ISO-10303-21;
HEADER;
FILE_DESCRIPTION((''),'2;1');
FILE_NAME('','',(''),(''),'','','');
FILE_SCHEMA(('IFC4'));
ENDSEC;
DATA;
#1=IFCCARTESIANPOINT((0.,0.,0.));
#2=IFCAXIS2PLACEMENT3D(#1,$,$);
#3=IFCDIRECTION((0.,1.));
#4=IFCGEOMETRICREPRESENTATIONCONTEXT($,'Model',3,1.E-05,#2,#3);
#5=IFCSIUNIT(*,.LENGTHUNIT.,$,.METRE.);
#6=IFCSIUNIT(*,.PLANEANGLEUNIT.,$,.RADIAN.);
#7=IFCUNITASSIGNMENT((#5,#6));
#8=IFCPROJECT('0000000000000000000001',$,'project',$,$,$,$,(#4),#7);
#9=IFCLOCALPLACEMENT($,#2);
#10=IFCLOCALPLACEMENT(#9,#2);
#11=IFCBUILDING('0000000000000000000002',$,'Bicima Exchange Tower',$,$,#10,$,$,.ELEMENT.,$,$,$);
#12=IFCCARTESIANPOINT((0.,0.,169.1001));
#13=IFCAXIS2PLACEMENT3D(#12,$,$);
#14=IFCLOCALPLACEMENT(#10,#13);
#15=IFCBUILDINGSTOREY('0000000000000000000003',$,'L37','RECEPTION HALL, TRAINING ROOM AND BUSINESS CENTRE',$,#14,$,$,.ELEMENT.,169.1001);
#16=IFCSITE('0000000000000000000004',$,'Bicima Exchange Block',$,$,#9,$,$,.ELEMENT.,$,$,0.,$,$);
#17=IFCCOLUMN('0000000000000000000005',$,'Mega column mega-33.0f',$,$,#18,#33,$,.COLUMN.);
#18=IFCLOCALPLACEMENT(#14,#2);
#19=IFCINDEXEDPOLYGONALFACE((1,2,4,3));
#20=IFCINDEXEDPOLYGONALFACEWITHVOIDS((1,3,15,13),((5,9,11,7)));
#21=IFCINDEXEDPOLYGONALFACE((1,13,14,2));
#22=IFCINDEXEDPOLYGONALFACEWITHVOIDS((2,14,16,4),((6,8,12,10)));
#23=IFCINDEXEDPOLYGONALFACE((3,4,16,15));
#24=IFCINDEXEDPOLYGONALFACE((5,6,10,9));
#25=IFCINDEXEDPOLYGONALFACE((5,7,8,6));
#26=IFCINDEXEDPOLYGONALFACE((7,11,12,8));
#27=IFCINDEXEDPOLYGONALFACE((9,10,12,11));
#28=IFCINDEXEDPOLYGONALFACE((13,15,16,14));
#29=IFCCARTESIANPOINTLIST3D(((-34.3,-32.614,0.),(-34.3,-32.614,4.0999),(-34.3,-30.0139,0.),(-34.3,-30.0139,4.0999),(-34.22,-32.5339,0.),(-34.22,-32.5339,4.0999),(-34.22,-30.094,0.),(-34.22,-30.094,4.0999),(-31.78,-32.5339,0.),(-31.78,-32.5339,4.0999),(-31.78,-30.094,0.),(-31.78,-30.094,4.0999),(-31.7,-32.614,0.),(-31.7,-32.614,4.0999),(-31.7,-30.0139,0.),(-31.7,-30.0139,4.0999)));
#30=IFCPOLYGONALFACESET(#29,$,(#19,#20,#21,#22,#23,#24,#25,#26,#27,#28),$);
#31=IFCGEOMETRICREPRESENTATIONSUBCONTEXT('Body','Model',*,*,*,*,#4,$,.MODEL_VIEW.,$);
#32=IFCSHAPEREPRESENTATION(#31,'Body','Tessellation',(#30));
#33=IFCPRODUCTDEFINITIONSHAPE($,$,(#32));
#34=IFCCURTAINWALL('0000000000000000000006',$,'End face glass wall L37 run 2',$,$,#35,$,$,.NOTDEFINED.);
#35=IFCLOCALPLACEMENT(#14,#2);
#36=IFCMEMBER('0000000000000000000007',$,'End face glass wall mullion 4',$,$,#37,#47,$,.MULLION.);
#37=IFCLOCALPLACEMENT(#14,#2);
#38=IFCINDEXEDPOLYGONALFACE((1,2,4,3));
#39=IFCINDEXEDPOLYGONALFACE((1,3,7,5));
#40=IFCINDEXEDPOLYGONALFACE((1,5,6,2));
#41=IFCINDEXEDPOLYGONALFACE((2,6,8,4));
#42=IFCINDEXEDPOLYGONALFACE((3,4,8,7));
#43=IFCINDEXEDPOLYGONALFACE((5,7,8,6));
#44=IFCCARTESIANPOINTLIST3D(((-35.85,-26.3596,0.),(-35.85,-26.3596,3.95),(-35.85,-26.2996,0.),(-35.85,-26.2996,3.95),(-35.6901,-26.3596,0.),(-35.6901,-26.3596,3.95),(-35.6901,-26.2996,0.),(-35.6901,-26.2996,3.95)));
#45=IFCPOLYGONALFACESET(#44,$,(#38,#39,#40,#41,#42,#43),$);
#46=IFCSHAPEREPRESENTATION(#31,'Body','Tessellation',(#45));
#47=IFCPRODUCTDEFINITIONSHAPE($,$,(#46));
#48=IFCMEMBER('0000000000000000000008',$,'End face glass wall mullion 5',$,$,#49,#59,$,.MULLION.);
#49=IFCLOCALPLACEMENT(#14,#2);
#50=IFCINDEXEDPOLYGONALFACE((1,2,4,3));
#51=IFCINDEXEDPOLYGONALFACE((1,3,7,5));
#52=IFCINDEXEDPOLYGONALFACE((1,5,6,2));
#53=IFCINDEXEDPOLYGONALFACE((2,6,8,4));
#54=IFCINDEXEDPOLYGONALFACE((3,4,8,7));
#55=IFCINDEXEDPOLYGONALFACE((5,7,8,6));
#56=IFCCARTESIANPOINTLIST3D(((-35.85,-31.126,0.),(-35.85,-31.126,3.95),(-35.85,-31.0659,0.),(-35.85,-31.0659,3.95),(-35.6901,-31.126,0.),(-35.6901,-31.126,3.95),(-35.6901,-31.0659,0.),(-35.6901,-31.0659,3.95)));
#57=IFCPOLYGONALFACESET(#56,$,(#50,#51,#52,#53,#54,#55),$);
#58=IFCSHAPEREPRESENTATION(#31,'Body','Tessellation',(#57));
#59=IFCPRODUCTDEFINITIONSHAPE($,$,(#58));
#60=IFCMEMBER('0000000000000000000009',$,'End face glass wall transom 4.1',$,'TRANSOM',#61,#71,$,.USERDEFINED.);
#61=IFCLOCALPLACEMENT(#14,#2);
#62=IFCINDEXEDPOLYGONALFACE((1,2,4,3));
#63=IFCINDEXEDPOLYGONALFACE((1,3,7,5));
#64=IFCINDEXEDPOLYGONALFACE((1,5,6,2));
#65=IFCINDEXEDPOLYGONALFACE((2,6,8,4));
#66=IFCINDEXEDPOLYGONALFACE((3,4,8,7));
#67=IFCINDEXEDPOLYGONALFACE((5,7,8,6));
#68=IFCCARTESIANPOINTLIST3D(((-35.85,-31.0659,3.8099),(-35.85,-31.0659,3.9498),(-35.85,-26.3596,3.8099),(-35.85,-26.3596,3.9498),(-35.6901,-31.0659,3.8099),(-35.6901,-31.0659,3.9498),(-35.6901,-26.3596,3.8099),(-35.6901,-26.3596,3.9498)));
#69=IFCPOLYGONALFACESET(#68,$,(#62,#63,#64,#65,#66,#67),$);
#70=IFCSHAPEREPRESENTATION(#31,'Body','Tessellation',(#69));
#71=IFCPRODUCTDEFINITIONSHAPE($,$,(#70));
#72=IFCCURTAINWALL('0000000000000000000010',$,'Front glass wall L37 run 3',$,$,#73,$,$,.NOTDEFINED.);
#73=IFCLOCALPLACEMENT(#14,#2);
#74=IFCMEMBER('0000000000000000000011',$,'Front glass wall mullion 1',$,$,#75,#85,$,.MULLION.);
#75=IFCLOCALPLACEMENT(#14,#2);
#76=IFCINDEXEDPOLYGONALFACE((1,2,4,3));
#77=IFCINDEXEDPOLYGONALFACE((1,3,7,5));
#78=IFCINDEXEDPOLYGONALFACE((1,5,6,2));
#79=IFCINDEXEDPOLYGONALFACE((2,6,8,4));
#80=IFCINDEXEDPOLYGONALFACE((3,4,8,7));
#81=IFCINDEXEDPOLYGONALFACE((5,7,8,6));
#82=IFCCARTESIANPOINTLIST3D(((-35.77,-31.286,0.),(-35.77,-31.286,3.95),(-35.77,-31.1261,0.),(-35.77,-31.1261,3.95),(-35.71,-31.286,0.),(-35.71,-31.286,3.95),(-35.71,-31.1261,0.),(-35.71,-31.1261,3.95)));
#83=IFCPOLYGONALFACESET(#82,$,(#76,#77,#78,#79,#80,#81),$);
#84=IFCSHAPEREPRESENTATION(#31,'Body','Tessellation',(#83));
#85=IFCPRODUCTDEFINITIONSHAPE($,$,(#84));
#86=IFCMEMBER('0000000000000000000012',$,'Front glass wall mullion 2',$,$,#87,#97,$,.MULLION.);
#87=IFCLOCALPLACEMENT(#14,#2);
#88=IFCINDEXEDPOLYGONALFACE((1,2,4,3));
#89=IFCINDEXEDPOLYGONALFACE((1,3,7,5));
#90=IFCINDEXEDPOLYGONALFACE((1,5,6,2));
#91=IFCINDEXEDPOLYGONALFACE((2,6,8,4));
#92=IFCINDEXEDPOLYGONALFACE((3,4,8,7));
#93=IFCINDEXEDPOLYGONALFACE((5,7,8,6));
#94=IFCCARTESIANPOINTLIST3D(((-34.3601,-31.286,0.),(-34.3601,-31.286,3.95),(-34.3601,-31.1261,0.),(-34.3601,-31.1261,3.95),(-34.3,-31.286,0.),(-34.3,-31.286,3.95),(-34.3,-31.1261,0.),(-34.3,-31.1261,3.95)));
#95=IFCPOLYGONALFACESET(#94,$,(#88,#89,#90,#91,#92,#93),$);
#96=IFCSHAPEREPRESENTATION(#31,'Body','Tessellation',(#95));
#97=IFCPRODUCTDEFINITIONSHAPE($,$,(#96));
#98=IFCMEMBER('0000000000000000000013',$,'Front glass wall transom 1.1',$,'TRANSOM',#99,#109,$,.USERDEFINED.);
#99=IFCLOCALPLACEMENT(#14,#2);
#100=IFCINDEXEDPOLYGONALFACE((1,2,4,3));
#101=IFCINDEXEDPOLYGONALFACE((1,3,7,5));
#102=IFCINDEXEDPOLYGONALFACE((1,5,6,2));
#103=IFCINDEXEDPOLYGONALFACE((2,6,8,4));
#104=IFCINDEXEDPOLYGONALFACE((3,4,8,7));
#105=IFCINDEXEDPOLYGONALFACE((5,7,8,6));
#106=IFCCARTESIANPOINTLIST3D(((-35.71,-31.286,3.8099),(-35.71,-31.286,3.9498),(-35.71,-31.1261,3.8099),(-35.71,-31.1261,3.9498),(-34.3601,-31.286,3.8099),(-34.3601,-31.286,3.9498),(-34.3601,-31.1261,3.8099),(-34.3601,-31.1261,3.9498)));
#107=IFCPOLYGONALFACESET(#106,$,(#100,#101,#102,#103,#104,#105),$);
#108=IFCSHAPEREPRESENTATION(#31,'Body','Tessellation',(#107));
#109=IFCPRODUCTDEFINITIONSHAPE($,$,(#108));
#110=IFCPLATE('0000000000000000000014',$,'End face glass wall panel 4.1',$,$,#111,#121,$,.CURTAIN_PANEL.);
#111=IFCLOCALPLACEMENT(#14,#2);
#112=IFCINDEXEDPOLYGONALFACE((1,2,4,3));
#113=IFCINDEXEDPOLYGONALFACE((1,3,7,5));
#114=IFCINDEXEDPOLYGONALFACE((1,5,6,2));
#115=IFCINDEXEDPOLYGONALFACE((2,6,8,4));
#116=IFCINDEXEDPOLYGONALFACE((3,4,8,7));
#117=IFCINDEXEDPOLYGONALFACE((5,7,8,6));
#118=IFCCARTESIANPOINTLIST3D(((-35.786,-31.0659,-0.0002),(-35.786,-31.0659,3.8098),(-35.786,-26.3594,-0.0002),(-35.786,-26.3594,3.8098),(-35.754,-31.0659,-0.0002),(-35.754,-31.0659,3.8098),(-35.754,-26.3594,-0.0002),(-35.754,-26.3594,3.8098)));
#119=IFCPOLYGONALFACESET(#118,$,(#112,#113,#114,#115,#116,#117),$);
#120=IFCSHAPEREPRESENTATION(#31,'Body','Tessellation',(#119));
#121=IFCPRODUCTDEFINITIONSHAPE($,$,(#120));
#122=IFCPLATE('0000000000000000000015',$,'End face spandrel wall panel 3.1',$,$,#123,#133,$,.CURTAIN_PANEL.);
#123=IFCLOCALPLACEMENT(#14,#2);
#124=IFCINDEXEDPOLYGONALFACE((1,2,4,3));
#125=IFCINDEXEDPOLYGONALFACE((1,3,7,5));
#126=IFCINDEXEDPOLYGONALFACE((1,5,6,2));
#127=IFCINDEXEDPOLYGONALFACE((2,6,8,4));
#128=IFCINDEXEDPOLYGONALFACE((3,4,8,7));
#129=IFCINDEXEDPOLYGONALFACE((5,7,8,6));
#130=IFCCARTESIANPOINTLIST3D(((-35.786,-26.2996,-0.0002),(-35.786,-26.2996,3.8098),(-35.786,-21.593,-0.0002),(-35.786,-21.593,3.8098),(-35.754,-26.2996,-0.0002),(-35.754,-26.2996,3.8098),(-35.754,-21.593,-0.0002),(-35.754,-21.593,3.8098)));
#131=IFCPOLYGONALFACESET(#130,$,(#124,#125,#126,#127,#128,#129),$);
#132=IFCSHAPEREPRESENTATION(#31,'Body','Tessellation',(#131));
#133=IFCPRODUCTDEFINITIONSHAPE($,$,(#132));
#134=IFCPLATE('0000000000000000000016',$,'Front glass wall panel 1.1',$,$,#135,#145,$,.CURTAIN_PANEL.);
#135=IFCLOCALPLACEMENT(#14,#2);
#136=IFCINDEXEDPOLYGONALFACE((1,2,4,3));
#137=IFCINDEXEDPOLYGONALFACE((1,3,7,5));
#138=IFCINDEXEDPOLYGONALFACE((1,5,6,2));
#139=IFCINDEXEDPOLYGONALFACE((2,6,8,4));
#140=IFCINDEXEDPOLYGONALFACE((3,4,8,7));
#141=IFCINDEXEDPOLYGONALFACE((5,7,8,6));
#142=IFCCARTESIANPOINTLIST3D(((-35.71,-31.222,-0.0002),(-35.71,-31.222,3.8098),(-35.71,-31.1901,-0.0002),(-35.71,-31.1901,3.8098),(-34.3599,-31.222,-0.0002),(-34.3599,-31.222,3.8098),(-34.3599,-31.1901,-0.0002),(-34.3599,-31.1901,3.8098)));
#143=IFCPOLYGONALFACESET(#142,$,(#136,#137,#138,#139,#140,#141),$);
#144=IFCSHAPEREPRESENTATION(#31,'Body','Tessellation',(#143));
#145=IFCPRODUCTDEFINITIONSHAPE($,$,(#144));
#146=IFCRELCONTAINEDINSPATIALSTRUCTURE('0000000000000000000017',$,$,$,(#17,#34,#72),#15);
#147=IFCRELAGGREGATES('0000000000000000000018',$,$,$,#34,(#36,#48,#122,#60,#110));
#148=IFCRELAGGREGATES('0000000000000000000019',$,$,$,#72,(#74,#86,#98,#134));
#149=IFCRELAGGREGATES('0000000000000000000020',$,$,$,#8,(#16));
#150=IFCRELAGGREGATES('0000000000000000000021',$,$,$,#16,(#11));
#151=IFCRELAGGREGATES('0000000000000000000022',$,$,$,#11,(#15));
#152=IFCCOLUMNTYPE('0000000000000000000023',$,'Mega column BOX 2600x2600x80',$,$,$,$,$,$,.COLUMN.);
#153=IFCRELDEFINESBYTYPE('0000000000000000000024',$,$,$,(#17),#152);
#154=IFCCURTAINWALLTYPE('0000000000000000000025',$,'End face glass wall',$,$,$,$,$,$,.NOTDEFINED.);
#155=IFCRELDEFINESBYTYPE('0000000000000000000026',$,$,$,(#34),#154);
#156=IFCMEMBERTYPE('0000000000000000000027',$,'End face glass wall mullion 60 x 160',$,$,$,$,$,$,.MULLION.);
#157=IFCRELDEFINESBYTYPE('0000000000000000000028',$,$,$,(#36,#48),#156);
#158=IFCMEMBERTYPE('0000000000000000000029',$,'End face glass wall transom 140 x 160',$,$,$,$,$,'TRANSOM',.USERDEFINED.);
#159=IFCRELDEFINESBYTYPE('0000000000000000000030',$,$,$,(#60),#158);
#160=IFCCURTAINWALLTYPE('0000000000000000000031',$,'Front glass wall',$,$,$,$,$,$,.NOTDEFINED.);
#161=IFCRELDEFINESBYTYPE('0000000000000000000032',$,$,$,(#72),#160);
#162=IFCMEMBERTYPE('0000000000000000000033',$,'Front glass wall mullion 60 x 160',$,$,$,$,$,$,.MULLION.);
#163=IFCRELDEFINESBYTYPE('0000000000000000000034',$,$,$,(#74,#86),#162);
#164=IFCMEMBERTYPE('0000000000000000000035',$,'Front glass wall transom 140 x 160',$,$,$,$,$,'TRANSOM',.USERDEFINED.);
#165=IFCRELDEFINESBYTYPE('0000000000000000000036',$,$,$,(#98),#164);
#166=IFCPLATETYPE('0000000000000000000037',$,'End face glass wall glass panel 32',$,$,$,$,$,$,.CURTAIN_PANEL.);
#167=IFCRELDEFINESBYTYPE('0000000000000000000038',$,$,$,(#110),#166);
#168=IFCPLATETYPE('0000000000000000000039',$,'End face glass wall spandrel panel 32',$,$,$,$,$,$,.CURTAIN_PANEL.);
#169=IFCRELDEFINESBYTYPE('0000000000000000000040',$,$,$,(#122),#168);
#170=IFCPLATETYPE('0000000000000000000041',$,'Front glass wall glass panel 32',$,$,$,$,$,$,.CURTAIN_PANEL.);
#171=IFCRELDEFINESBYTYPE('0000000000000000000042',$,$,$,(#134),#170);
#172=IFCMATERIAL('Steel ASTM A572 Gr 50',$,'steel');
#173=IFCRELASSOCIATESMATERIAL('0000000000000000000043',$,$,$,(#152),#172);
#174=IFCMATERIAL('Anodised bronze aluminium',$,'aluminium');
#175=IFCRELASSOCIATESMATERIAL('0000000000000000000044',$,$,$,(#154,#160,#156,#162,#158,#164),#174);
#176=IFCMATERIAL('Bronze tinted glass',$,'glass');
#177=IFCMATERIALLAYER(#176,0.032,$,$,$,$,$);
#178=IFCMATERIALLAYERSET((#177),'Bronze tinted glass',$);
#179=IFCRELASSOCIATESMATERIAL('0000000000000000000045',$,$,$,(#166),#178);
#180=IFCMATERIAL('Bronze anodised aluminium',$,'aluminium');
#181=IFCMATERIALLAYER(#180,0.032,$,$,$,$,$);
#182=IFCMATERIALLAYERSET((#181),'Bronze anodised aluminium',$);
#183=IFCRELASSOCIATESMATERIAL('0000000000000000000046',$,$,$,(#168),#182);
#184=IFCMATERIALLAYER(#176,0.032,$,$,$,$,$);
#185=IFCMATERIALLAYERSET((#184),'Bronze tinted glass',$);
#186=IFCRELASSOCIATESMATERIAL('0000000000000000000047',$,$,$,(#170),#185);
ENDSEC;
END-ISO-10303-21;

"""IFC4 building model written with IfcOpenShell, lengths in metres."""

from ifc_helpers import new_model, si_unit, direction, frame, origin, origin_2d, place, context, subcontext, project, spatial, rectangle, hollow_rectangle, extrude, material, layer, layer_set, material_profile, profile_set, type_object, element, aggregate, save


model = new_model("IFC4")

# Units and contexts
model_context = context("Model", 3, precision=1e-05, world=origin(), true_north=direction((0.0, 1.0)))
body_context = subcontext(model_context, "Body", "Model", "MODEL_VIEW")
ifc_project = project(units=[si_unit("LENGTHUNIT", "METRE"), si_unit("PLANEANGLEUNIT", "RADIAN")], contexts=[model_context])

# Site, building, storey
site_placement = place(None, origin())
site = spatial("IfcSite", under=ifc_project, at=site_placement, Name="Bicima Exchange Block", CompositionType="ELEMENT", RefElevation=0.0)
building_placement = place(site_placement, origin())
building = spatial("IfcBuilding", under=site, at=building_placement, Name="Bicima Exchange Tower", CompositionType="ELEMENT")
storey_placement = place(building_placement, frame((0.0, 0.0, 169.1001)))
storey = spatial("IfcBuildingStorey", under=building, at=storey_placement, Name="L37", Description="RECEPTION HALL, TRAINING ROOM AND BUSINESS CENTRE", CompositionType="ELEMENT", Elevation=169.1001)

# Column
ifc_material_1 = material(Name="Steel ASTM A572 Gr 50", Category="steel")
ifc_material_profile_1 = material_profile(ifc_material_1, hollow_rectangle(XDim=2.6001, YDim=2.6001, WallThickness=0.0801, at=origin_2d()))
ifc_profile_set_1 = profile_set([ifc_material_profile_1], Name="Steel ASTM A572 Gr 50")
column_type = type_object("IfcColumnType", Name="Mega column BOX 2600x2600x80", PredefinedType="COLUMN", material=ifc_profile_set_1)
column_placement = place(storey_placement, frame((-33.0, -31.314, 0.0), z_axis=(0.0, 0.0, 1.0), x_axis=(1.0, 0.0, 0.0)))
element("IfcColumn", 1, at=column_placement, inside=storey, type_object=column_type, Name="Mega column mega-33.0f", PredefinedType="COLUMN", context=body_context, shape_type="SweptSolid", body=[
    extrude(hollow_rectangle(XDim=2.6001, YDim=2.6001, WallThickness=0.0801, at=origin_2d()), origin(), (0.0, 0.0, 1.0), 4.0999),
])

# Curtain walls, members
ifc_material_2 = material(Name="Anodised bronze aluminium", Category="aluminium")
curtain_wall_type_1 = type_object("IfcCurtainWallType", Name="End face glass wall", PredefinedType="NOTDEFINED", material=ifc_material_2)
curtain_wall_1_placement = place(storey_placement, origin())
curtain_wall_1 = element("IfcCurtainWall", 2, at=curtain_wall_1_placement, inside=storey, type_object=curtain_wall_type_1, Name="End face glass wall L37 run 2", PredefinedType="NOTDEFINED")
ifc_material_profile_2 = material_profile(ifc_material_2, rectangle(XDim=0.1599, YDim=0.0601, at=origin_2d()))
ifc_profile_set_2 = profile_set([ifc_material_profile_2], Name="Anodised bronze aluminium")
member_type_1 = type_object("IfcMemberType", Name="End face glass wall mullion 60 x 160", PredefinedType="MULLION", material=ifc_profile_set_2)
member_1_placement = place(storey_placement, frame((-35.77, -26.3296, 0.0), z_axis=(0.0, 0.0, 1.0), x_axis=(1.0, 0.0, 0.0)))
member_1 = element("IfcMember", 3, at=member_1_placement, type_object=member_type_1, Name="End face glass wall mullion 4", PredefinedType="MULLION", context=body_context, shape_type="SweptSolid", body=[
    extrude(rectangle(XDim=0.1599, YDim=0.0601, at=origin_2d()), origin(), (0.0, 0.0, 1.0), 3.95),
])
member_2_placement = place(storey_placement, frame((-35.77, -31.0959, 0.0), z_axis=(0.0, 0.0, 1.0), x_axis=(1.0, 0.0, 0.0)))
member_2 = element("IfcMember", 4, at=member_2_placement, type_object=member_type_1, Name="End face glass wall mullion 5", PredefinedType="MULLION", context=body_context, shape_type="SweptSolid", body=[
    extrude(rectangle(XDim=0.1599, YDim=0.0601, at=origin_2d()), origin(), (0.0, 0.0, 1.0), 3.95),
])
ifc_material_profile_3 = material_profile(ifc_material_2, rectangle(XDim=0.1599, YDim=0.1399, at=origin_2d()))
ifc_profile_set_3 = profile_set([ifc_material_profile_3], Name="Anodised bronze aluminium")
member_type_2 = type_object("IfcMemberType", Name="End face glass wall transom 140 x 160", ElementType="TRANSOM", PredefinedType="USERDEFINED", material=ifc_profile_set_3)
member_3_placement = place(storey_placement, frame((-35.77, -26.3596, 3.8799), z_axis=(0.0, -1.0, 0.0), x_axis=(1.0, 0.0, 0.0)))
member_3 = element("IfcMember", 5, at=member_3_placement, type_object=member_type_2, Name="End face glass wall transom 4.1", ObjectType="TRANSOM", PredefinedType="USERDEFINED", context=body_context, shape_type="SweptSolid", body=[
    extrude(rectangle(XDim=0.1599, YDim=0.1399, at=origin_2d()), origin(), (0.0, 0.0, 1.0), 4.7063),
])
curtain_wall_type_2 = type_object("IfcCurtainWallType", Name="Front glass wall", PredefinedType="NOTDEFINED", material=ifc_material_2)
curtain_wall_2_placement = place(storey_placement, origin())
curtain_wall_2 = element("IfcCurtainWall", 6, at=curtain_wall_2_placement, inside=storey, type_object=curtain_wall_type_2, Name="Front glass wall L37 run 3", PredefinedType="NOTDEFINED")
member_type_3 = type_object("IfcMemberType", Name="Front glass wall mullion 60 x 160", PredefinedType="MULLION", material=ifc_profile_set_2)
member_4_placement = place(storey_placement, frame((-35.74, -31.2061, 0.0), z_axis=(0.0, 0.0, 1.0), x_axis=(0.0, 1.0, 0.0)))
member_4 = element("IfcMember", 7, at=member_4_placement, type_object=member_type_3, Name="Front glass wall mullion 1", PredefinedType="MULLION", context=body_context, shape_type="SweptSolid", body=[
    extrude(rectangle(XDim=0.1599, YDim=0.0601, at=origin_2d()), origin(), (0.0, 0.0, 1.0), 3.95),
])
member_5_placement = place(storey_placement, frame((-34.3301, -31.2061, 0.0), z_axis=(0.0, 0.0, 1.0), x_axis=(0.0, 1.0, 0.0)))
member_5 = element("IfcMember", 8, at=member_5_placement, type_object=member_type_3, Name="Front glass wall mullion 2", PredefinedType="MULLION", context=body_context, shape_type="SweptSolid", body=[
    extrude(rectangle(XDim=0.1599, YDim=0.0601, at=origin_2d()), origin(), (0.0, 0.0, 1.0), 3.95),
])
member_type_4 = type_object("IfcMemberType", Name="Front glass wall transom 140 x 160", ElementType="TRANSOM", PredefinedType="USERDEFINED", material=ifc_profile_set_3)
member_6_placement = place(storey_placement, frame((-35.71, -31.2061, 3.8799), z_axis=(1.0, 0.0, 0.0), x_axis=(0.0, 1.0, 0.0)))
member_6 = element("IfcMember", 9, at=member_6_placement, type_object=member_type_4, Name="Front glass wall transom 1.1", ObjectType="TRANSOM", PredefinedType="USERDEFINED", context=body_context, shape_type="SweptSolid", body=[
    extrude(rectangle(XDim=0.1599, YDim=0.1399, at=origin_2d()), origin(), (0.0, 0.0, 1.0), 1.3499),
])

# Plates
ifc_material_3 = material(Name="Bronze tinted glass", Category="glass")
ifc_layer_1 = layer(ifc_material_3, 0.032)
ifc_layer_set_1 = layer_set([ifc_layer_1], Name="Bronze tinted glass")
plate_type_1 = type_object("IfcPlateType", Name="End face glass wall glass panel 32", PredefinedType="CURTAIN_PANEL", material=ifc_layer_set_1)
plate_1_placement = place(storey_placement, frame((-35.77, -28.7126, -0.0002), z_axis=(0.0, 0.0, 1.0), x_axis=(0.0, -1.0, 0.0)))
plate_1 = element("IfcPlate", 10, at=plate_1_placement, type_object=plate_type_1, Name="End face glass wall panel 4.1", PredefinedType="CURTAIN_PANEL", context=body_context, shape_type="SweptSolid", body=[
    extrude(rectangle(XDim=4.7065, YDim=0.032, at=origin_2d()), origin(), (0.0, 0.0, 1.0), 3.8101),
])
ifc_material_4 = material(Name="Bronze anodised aluminium", Category="aluminium")
ifc_layer_2 = layer(ifc_material_4, 0.032)
ifc_layer_set_2 = layer_set([ifc_layer_2], Name="Bronze anodised aluminium")
plate_type_2 = type_object("IfcPlateType", Name="End face glass wall spandrel panel 32", PredefinedType="CURTAIN_PANEL", material=ifc_layer_set_2)
plate_2_placement = place(storey_placement, frame((-35.77, -23.9463, -0.0002), z_axis=(0.0, 0.0, 1.0), x_axis=(0.0, -1.0, 0.0)))
plate_2 = element("IfcPlate", 11, at=plate_2_placement, type_object=plate_type_2, Name="End face spandrel wall panel 3.1", PredefinedType="CURTAIN_PANEL", context=body_context, shape_type="SweptSolid", body=[
    extrude(rectangle(XDim=4.7065, YDim=0.032, at=origin_2d()), origin(), (0.0, 0.0, 1.0), 3.8101),
])
aggregate(curtain_wall_1, [member_1, member_2, plate_2, member_3, plate_1])
ifc_layer_3 = layer(ifc_material_3, 0.032)
ifc_layer_set_3 = layer_set([ifc_layer_3], Name="Bronze tinted glass")
plate_type_3 = type_object("IfcPlateType", Name="Front glass wall glass panel 32", PredefinedType="CURTAIN_PANEL", material=ifc_layer_set_3)
plate_3_placement = place(storey_placement, frame((-35.0349, -31.2061, -0.0002), z_axis=(0.0, 0.0, 1.0), x_axis=(1.0, 0.0, 0.0)))
plate_3 = element("IfcPlate", 12, at=plate_3_placement, type_object=plate_type_3, Name="Front glass wall panel 1.1", PredefinedType="CURTAIN_PANEL", context=body_context, shape_type="SweptSolid", body=[
    extrude(rectangle(XDim=1.3501, YDim=0.032, at=origin_2d()), origin(), (0.0, 0.0, 1.0), 3.8101),
])
aggregate(curtain_wall_2, [member_4, member_5, member_6, plate_3])

save(model, "model.ifc")
